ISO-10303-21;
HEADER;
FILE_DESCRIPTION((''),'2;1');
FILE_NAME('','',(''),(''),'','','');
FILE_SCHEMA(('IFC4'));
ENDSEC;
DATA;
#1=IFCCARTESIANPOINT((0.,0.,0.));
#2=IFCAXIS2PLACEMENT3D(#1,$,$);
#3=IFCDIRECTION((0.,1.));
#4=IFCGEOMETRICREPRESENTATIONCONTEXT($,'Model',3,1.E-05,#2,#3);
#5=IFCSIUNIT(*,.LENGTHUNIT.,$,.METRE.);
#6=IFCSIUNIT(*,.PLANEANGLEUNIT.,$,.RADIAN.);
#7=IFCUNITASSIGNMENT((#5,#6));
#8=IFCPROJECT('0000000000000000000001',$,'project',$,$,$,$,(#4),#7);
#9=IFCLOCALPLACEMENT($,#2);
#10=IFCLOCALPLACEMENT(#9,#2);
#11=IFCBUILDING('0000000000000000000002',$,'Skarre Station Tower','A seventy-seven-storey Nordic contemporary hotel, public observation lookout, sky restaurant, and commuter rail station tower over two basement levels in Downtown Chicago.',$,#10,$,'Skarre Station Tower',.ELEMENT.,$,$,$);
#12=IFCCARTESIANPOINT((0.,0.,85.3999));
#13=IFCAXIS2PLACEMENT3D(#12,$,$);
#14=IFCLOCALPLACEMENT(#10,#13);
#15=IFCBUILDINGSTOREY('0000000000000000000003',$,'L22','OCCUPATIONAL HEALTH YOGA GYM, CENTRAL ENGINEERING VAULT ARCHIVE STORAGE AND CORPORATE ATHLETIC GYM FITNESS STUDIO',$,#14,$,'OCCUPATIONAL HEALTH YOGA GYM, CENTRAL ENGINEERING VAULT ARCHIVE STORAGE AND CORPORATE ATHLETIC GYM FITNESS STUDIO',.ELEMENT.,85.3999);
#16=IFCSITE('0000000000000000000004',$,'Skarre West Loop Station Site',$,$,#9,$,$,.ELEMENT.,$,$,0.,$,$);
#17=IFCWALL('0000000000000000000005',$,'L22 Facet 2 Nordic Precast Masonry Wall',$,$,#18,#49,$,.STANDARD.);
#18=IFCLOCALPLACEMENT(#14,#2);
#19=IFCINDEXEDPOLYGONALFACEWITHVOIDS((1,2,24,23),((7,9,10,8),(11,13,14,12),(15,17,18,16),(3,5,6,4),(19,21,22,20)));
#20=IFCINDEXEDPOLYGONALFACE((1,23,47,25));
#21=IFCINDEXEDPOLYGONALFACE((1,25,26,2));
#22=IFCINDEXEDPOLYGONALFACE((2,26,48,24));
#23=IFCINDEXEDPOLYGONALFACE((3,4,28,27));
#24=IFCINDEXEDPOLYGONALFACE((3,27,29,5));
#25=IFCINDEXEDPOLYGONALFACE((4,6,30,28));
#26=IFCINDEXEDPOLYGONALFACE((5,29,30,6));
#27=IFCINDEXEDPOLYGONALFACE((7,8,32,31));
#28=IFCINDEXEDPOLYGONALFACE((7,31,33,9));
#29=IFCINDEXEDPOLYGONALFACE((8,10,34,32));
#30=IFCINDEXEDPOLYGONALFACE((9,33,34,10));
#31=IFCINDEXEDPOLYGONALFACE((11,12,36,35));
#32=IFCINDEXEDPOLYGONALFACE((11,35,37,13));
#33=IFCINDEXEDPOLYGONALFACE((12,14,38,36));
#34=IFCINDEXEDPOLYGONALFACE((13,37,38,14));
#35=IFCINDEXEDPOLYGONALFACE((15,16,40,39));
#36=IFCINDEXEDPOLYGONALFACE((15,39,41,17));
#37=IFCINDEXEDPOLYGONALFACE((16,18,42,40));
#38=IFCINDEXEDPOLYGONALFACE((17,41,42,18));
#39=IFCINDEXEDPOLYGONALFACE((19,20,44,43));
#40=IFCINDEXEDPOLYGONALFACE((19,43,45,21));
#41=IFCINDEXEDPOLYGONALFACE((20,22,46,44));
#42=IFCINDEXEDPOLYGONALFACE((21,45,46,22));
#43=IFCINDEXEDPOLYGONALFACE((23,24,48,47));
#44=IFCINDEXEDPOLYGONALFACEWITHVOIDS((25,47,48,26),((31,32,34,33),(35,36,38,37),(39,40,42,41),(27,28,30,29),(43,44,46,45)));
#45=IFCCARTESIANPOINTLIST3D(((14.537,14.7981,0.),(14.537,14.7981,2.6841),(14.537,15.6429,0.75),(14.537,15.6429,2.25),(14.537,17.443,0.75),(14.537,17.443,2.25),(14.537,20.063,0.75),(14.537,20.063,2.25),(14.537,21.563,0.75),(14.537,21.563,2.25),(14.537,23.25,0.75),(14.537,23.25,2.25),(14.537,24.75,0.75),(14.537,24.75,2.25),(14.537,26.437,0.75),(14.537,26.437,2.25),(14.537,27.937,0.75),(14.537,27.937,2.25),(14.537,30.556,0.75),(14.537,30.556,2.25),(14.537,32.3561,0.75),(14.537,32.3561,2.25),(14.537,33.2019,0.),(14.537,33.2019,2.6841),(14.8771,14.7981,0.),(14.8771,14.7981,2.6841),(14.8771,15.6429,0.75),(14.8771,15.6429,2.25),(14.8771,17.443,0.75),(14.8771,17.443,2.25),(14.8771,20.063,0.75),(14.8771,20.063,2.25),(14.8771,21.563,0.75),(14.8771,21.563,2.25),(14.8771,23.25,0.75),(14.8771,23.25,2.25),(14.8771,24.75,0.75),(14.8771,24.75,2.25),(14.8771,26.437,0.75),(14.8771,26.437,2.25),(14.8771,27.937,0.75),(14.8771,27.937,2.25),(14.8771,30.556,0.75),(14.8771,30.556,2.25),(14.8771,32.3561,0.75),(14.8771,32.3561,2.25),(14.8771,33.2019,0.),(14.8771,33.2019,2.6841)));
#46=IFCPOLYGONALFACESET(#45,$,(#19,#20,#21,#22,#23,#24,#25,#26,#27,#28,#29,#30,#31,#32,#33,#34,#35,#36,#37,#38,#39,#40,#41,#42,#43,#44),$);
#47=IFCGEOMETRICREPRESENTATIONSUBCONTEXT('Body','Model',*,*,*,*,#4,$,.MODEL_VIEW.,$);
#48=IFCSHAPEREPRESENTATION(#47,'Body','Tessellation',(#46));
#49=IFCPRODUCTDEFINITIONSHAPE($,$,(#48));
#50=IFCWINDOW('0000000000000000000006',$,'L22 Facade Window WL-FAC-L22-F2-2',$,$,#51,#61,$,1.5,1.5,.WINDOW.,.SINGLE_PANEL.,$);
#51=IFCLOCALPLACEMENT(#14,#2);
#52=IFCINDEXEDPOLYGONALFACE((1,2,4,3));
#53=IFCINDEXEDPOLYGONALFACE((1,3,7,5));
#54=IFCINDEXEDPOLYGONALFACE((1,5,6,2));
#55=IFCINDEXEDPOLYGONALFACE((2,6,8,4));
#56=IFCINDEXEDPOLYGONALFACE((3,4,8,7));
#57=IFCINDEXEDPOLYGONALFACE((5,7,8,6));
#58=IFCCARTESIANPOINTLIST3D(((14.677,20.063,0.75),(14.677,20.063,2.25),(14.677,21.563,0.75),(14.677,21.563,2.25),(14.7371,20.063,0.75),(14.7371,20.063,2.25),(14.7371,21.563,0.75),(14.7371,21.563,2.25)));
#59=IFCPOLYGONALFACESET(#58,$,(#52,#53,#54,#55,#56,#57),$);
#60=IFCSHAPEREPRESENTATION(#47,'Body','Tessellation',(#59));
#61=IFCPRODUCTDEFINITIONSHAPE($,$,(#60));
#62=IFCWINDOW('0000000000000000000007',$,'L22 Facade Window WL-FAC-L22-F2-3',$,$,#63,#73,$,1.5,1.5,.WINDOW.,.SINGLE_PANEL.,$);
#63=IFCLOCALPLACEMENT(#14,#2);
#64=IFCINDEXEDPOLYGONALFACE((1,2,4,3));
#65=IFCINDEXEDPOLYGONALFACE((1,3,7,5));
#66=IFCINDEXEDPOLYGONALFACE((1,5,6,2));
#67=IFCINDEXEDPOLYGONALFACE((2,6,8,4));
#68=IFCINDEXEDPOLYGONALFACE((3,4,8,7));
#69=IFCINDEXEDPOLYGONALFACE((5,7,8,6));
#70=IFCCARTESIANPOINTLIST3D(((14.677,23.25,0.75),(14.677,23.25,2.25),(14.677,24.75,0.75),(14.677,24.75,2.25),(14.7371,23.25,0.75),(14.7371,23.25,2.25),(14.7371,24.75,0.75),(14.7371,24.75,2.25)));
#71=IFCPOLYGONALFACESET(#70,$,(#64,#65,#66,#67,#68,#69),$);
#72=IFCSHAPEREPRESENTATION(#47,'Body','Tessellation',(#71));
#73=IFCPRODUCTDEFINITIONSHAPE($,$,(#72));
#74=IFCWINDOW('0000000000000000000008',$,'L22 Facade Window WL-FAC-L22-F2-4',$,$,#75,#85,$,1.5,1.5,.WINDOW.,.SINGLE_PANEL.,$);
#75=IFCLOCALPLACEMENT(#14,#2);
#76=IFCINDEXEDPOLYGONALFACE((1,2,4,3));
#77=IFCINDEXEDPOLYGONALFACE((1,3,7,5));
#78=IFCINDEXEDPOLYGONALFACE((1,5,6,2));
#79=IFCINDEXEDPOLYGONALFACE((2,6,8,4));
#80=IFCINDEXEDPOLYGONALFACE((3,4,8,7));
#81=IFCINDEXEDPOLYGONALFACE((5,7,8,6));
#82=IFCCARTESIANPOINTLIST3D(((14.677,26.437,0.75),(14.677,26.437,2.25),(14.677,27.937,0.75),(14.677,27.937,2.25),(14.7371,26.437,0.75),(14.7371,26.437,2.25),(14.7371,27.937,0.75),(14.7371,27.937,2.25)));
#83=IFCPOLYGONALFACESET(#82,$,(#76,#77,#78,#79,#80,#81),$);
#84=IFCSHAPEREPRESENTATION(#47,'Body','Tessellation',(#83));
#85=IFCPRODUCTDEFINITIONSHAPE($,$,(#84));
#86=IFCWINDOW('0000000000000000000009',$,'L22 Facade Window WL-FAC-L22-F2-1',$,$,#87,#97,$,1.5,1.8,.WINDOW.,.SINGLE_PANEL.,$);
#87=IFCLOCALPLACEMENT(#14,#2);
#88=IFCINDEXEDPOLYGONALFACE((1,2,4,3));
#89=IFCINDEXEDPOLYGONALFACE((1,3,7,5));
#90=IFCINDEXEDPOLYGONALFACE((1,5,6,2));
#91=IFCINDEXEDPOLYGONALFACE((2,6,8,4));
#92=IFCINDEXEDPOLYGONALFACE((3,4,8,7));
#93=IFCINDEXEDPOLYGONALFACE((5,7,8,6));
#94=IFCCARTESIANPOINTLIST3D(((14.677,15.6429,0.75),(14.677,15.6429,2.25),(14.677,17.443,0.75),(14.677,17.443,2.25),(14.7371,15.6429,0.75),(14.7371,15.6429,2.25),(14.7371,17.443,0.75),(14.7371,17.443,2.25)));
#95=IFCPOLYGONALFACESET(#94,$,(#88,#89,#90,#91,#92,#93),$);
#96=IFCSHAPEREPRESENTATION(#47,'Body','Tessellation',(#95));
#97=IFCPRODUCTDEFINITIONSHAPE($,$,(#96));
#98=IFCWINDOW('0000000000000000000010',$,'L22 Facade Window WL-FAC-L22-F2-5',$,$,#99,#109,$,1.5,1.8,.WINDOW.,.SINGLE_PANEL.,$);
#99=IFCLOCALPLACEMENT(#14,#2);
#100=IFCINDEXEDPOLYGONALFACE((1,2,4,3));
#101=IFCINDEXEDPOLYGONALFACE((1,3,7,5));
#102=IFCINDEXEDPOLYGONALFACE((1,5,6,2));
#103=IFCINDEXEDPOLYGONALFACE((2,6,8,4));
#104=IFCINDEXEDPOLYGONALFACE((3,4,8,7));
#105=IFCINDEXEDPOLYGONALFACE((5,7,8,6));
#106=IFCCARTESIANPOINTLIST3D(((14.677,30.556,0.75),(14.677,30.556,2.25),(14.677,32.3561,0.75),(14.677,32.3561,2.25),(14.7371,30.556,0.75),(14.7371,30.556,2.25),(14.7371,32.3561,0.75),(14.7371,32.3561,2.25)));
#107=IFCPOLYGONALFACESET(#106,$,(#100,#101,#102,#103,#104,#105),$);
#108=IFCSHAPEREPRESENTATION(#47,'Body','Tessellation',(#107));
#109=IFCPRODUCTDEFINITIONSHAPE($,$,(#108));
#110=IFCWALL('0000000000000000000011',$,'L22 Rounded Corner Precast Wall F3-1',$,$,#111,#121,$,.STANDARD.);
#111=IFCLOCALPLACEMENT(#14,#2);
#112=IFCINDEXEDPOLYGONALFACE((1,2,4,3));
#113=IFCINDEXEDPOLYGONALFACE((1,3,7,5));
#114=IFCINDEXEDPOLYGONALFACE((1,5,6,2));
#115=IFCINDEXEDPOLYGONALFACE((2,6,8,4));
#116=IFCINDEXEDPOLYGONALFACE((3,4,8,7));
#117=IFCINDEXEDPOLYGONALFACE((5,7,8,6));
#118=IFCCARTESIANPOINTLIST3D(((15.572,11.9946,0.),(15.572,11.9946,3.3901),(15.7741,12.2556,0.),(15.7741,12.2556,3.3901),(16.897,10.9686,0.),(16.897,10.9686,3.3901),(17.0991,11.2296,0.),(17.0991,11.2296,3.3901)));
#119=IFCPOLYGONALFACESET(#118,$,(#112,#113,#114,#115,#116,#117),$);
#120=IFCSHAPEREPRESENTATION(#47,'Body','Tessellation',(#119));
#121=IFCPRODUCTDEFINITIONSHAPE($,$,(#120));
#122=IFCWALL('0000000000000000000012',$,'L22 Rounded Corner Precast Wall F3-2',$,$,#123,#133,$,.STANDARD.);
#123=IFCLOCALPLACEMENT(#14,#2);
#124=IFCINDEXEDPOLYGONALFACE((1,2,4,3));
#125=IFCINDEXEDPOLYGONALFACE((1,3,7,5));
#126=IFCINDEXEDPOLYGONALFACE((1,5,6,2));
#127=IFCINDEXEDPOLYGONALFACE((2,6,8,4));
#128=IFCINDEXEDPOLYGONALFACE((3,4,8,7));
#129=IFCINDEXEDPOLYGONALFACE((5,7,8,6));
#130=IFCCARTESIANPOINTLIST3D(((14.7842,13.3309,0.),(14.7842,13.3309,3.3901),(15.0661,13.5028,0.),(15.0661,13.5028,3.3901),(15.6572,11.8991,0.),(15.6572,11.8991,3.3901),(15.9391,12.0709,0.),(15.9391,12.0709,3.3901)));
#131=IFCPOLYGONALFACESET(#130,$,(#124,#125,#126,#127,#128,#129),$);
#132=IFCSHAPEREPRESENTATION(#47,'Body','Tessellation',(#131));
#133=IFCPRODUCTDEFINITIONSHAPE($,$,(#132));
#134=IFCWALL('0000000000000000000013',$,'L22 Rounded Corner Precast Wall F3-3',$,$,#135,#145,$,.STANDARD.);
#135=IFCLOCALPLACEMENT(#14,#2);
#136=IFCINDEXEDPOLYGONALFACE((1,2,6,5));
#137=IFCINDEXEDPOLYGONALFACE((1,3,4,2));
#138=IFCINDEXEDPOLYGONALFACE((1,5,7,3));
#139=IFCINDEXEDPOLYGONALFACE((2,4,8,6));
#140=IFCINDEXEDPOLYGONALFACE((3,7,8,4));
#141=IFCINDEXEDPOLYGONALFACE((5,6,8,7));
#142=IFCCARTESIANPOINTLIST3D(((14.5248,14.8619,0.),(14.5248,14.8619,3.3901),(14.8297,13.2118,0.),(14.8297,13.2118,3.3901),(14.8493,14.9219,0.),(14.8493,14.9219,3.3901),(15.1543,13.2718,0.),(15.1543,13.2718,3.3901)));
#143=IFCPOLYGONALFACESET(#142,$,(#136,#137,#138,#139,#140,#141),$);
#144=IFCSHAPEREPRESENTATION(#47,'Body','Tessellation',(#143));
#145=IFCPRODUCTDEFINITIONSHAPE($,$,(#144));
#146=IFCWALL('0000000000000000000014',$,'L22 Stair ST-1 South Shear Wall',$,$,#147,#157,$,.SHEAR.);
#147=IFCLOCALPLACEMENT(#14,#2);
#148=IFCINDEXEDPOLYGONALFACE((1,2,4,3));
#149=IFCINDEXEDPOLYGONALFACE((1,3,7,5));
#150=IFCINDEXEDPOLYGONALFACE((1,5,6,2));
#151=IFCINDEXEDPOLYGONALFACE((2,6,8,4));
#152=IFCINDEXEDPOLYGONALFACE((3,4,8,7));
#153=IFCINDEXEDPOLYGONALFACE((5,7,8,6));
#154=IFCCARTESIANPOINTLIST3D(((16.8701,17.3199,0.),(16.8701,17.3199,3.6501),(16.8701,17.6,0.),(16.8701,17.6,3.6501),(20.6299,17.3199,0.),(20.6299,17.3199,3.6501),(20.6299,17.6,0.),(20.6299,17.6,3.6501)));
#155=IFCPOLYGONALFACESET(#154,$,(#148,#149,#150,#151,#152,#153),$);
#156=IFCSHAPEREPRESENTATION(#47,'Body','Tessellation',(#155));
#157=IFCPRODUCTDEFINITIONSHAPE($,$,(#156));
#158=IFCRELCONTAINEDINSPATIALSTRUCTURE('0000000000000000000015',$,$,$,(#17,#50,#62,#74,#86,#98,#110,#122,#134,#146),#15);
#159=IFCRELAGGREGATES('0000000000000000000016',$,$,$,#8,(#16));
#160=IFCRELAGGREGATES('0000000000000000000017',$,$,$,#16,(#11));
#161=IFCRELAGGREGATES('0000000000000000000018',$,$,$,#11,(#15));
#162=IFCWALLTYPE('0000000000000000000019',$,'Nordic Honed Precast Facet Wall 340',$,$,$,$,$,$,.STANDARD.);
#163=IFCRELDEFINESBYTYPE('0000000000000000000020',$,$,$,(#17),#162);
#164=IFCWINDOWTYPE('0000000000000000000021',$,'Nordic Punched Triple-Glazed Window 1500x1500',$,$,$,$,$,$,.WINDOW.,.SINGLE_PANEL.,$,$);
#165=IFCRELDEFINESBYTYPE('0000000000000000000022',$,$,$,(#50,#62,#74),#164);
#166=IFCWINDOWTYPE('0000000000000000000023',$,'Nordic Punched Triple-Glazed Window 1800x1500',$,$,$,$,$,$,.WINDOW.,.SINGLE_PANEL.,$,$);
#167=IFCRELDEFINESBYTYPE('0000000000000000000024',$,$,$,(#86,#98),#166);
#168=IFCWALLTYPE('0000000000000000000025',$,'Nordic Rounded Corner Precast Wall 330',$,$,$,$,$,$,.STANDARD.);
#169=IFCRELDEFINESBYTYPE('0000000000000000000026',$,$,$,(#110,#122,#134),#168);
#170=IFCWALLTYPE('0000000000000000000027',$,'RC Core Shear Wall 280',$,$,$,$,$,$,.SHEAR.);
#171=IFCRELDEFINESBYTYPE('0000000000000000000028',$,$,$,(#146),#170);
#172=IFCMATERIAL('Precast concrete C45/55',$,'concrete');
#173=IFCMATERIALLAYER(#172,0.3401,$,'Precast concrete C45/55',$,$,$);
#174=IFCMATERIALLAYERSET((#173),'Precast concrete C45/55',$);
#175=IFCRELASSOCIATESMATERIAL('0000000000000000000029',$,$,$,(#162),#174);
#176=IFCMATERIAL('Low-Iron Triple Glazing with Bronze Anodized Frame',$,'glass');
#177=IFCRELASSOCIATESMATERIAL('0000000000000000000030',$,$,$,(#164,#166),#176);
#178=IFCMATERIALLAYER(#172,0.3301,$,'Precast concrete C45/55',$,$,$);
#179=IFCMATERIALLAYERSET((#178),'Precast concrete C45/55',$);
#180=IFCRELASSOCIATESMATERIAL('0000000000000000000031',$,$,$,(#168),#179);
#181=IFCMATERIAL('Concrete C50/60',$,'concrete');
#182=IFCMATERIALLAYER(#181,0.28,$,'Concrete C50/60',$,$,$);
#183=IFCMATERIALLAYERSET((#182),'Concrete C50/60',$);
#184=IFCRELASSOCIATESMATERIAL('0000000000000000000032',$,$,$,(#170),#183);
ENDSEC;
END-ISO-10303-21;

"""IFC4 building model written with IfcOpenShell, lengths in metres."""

from ifc_helpers import new_model, si_unit, direction, frame, frame_2d, origin, place, context, subcontext, project, spatial, rectangle, extrude, material, layer, layer_set, type_object, element, fill, save


model = new_model("IFC4")

# Units and contexts
model_context = context("Model", 3, precision=1e-05, world=origin(), true_north=direction((0.0, 1.0)))
body_context = subcontext(model_context, "Body", "Model", "MODEL_VIEW")
ifc_project = project(units=[si_unit("LENGTHUNIT", "METRE"), si_unit("PLANEANGLEUNIT", "RADIAN")], contexts=[model_context])

# Site, building, storey
site_placement = place(None, origin())
site = spatial("IfcSite", under=ifc_project, at=site_placement, Name="Skarre West Loop Station Site", CompositionType="ELEMENT", RefElevation=0.0)
building_placement = place(site_placement, origin())
building = spatial("IfcBuilding", under=site, at=building_placement, Name="Skarre Station Tower", Description="A seventy-seven-storey Nordic contemporary hotel, public observation lookout, sky restaurant, and commuter rail station tower over two basement levels in Downtown Chicago.", LongName="Skarre Station Tower", CompositionType="ELEMENT")
storey_placement = place(building_placement, frame((0.0, 0.0, 85.3999)))
storey = spatial("IfcBuildingStorey", under=building, at=storey_placement, Name="L22", Description="OCCUPATIONAL HEALTH YOGA GYM, CENTRAL ENGINEERING VAULT ARCHIVE STORAGE AND CORPORATE ATHLETIC GYM FITNESS STUDIO", LongName="OCCUPATIONAL HEALTH YOGA GYM, CENTRAL ENGINEERING VAULT ARCHIVE STORAGE AND CORPORATE ATHLETIC GYM FITNESS STUDIO", CompositionType="ELEMENT", Elevation=85.3999)

# Shared definitions
ifc_material_1 = material(Name="Concrete C50/60", Category="concrete")

# Wall, openings, windows
ifc_material_2 = material(Name="Precast concrete C45/55", Category="concrete")
ifc_layer_1 = layer(ifc_material_2, 0.3401, Name="Precast concrete C45/55")
ifc_layer_set_1 = layer_set([ifc_layer_1], Name="Precast concrete C45/55")
wall_type_1 = type_object("IfcWallType", Name="Nordic Honed Precast Facet Wall 340", PredefinedType="STANDARD", material=ifc_layer_set_1)
wall_1_placement = place(storey_placement, frame((14.707, 14.7981, 0.0), z_axis=(0.0, 0.0, 1.0), x_axis=(0.0, 1.0, 0.0)))
wall_1 = element("IfcWall", 1, at=wall_1_placement, inside=storey, type_object=wall_type_1, Name="L22 Facet 2 Nordic Precast Masonry Wall", PredefinedType="STANDARD", context=body_context, shape_type="SweptSolid", body=[
    extrude(rectangle(XDim=18.4038, YDim=0.3401, at=frame_2d((9.2019, 0.0))), origin(), (0.0, 0.0, 1.0), 2.6841),
])
opening_1_placement = place(wall_1_placement, frame((0.845, 0.0, 0.75)))
opening_1 = element("IfcOpeningElement", 2, at=opening_1_placement, cuts=wall_1, PredefinedType="OPENING", context=body_context, shape_type="SweptSolid", body=[
    extrude(rectangle(XDim=1.8, YDim=1.5, at=frame_2d((0.8999, 0.75))), frame((0.0, 0.1799, 0.0), z_axis=(0.0, -1.0, 0.0), x_axis=(1.0, 0.0, 0.0)), (0.0, 0.0, 1.0), 0.3601),
])
opening_2_placement = place(wall_1_placement, frame((5.2649, 0.0, 0.75)))
opening_2 = element("IfcOpeningElement", 3, at=opening_2_placement, cuts=wall_1, PredefinedType="OPENING", context=body_context, shape_type="SweptSolid", body=[
    extrude(rectangle(XDim=1.5, YDim=1.5, at=frame_2d((0.75, 0.75))), frame((0.0, 0.1799, 0.0), z_axis=(0.0, -1.0, 0.0), x_axis=(1.0, 0.0, 0.0)), (0.0, 0.0, 1.0), 0.3601),
])
opening_3_placement = place(wall_1_placement, frame((8.4519, 0.0, 0.75)))
opening_3 = element("IfcOpeningElement", 4, at=opening_3_placement, cuts=wall_1, PredefinedType="OPENING", context=body_context, shape_type="SweptSolid", body=[
    extrude(rectangle(XDim=1.5, YDim=1.5, at=frame_2d((0.75, 0.75))), frame((0.0, 0.1799, 0.0), z_axis=(0.0, -1.0, 0.0), x_axis=(1.0, 0.0, 0.0)), (0.0, 0.0, 1.0), 0.3601),
])
opening_4_placement = place(wall_1_placement, frame((11.6389, 0.0, 0.75)))
opening_4 = element("IfcOpeningElement", 5, at=opening_4_placement, cuts=wall_1, PredefinedType="OPENING", context=body_context, shape_type="SweptSolid", body=[
    extrude(rectangle(XDim=1.5, YDim=1.5, at=frame_2d((0.75, 0.75))), frame((0.0, 0.1799, 0.0), z_axis=(0.0, -1.0, 0.0), x_axis=(1.0, 0.0, 0.0)), (0.0, 0.0, 1.0), 0.3601),
])
opening_5_placement = place(wall_1_placement, frame((15.7581, 0.0, 0.75)))
opening_5 = element("IfcOpeningElement", 6, at=opening_5_placement, cuts=wall_1, PredefinedType="OPENING", context=body_context, shape_type="SweptSolid", body=[
    extrude(rectangle(XDim=1.8, YDim=1.5, at=frame_2d((0.8999, 0.75))), frame((0.0, 0.1799, 0.0), z_axis=(0.0, -1.0, 0.0), x_axis=(1.0, 0.0, 0.0)), (0.0, 0.0, 1.0), 0.3601),
])
ifc_material_3 = material(Name="Low-Iron Triple Glazing with Bronze Anodized Frame", Category="glass")
window_type_1 = type_object("IfcWindowType", Name="Nordic Punched Triple-Glazed Window 1500x1500", PartitioningType="SINGLE_PANEL", PredefinedType="WINDOW", material=ifc_material_3)
window_1_placement = place(opening_2_placement, origin())
window_1 = element("IfcWindow", 7, at=window_1_placement, inside=storey, type_object=window_type_1, Name="L22 Facade Window WL-FAC-L22-F2-2", OverallHeight=1.5, OverallWidth=1.5, PartitioningType="SINGLE_PANEL", PredefinedType="WINDOW", context=body_context, shape_type="SweptSolid", body=[
    extrude(rectangle(XDim=1.5, YDim=1.5, at=frame_2d((0.75, 0.75))), frame((0.0, 0.03, 0.0), z_axis=(0.0, -1.0, 0.0), x_axis=(1.0, 0.0, 0.0)), (0.0, 0.0, 1.0), 0.0601),
])
fill(opening_2, window_1)
window_2_placement = place(opening_3_placement, origin())
window_2 = element("IfcWindow", 8, at=window_2_placement, inside=storey, type_object=window_type_1, Name="L22 Facade Window WL-FAC-L22-F2-3", OverallHeight=1.5, OverallWidth=1.5, PartitioningType="SINGLE_PANEL", PredefinedType="WINDOW", context=body_context, shape_type="SweptSolid", body=[
    extrude(rectangle(XDim=1.5, YDim=1.5, at=frame_2d((0.75, 0.75))), frame((0.0, 0.03, 0.0), z_axis=(0.0, -1.0, 0.0), x_axis=(1.0, 0.0, 0.0)), (0.0, 0.0, 1.0), 0.0601),
])
fill(opening_3, window_2)
window_3_placement = place(opening_4_placement, origin())
window_3 = element("IfcWindow", 9, at=window_3_placement, inside=storey, type_object=window_type_1, Name="L22 Facade Window WL-FAC-L22-F2-4", OverallHeight=1.5, OverallWidth=1.5, PartitioningType="SINGLE_PANEL", PredefinedType="WINDOW", context=body_context, shape_type="SweptSolid", body=[
    extrude(rectangle(XDim=1.5, YDim=1.5, at=frame_2d((0.75, 0.75))), frame((0.0, 0.03, 0.0), z_axis=(0.0, -1.0, 0.0), x_axis=(1.0, 0.0, 0.0)), (0.0, 0.0, 1.0), 0.0601),
])
fill(opening_4, window_3)
window_type_2 = type_object("IfcWindowType", Name="Nordic Punched Triple-Glazed Window 1800x1500", PartitioningType="SINGLE_PANEL", PredefinedType="WINDOW", material=ifc_material_3)
window_4_placement = place(opening_1_placement, origin())
window_4 = element("IfcWindow", 10, at=window_4_placement, inside=storey, type_object=window_type_2, Name="L22 Facade Window WL-FAC-L22-F2-1", OverallHeight=1.5, OverallWidth=1.8, PartitioningType="SINGLE_PANEL", PredefinedType="WINDOW", context=body_context, shape_type="SweptSolid", body=[
    extrude(rectangle(XDim=1.8, YDim=1.5, at=frame_2d((0.8999, 0.75))), frame((0.0, 0.03, 0.0), z_axis=(0.0, -1.0, 0.0), x_axis=(1.0, 0.0, 0.0)), (0.0, 0.0, 1.0), 0.0601),
])
fill(opening_1, window_4)
window_5_placement = place(opening_5_placement, origin())
window_5 = element("IfcWindow", 11, at=window_5_placement, inside=storey, type_object=window_type_2, Name="L22 Facade Window WL-FAC-L22-F2-5", OverallHeight=1.5, OverallWidth=1.8, PartitioningType="SINGLE_PANEL", PredefinedType="WINDOW", context=body_context, shape_type="SweptSolid", body=[
    extrude(rectangle(XDim=1.8, YDim=1.5, at=frame_2d((0.8999, 0.75))), frame((0.0, 0.03, 0.0), z_axis=(0.0, -1.0, 0.0), x_axis=(1.0, 0.0, 0.0)), (0.0, 0.0, 1.0), 0.0601),
])
fill(opening_5, window_5)

# Walls
ifc_layer_2 = layer(ifc_material_2, 0.3301, Name="Precast concrete C45/55")
ifc_layer_set_2 = layer_set([ifc_layer_2], Name="Precast concrete C45/55")
wall_type_2 = type_object("IfcWallType", Name="Nordic Rounded Corner Precast Wall 330", PredefinedType="STANDARD", material=ifc_layer_set_2)
wall_2_placement = place(storey_placement, frame((16.998, 11.0991, 0.0), z_axis=(0.0, 0.0, 1.0), x_axis=(-0.790692, 0.612214, 0.0)))
element("IfcWall", 12, at=wall_2_placement, inside=storey, type_object=wall_type_2, Name="L22 Rounded Corner Precast Wall F3-1", PredefinedType="STANDARD", context=body_context, shape_type="SweptSolid", body=[
    extrude(rectangle(XDim=1.6758, YDim=0.3301, at=frame_2d((0.8379, 0.0))), origin(), (0.0, 0.0, 1.0), 3.3901),
])
wall_3_placement = place(storey_placement, frame((15.7981, 11.9851, 0.0), z_axis=(0.0, 0.0, 1.0), x_axis=(-0.520584, 0.85381, 0.0)))
element("IfcWall", 13, at=wall_3_placement, inside=storey, type_object=wall_type_2, Name="L22 Rounded Corner Precast Wall F3-2", PredefinedType="STANDARD", context=body_context, shape_type="SweptSolid", body=[
    extrude(rectangle(XDim=1.677, YDim=0.3301, at=frame_2d((0.8384, 0.0))), origin(), (0.0, 0.0, 1.0), 3.3901),
])
wall_4_placement = place(storey_placement, frame((14.9919, 13.2419, 0.0), z_axis=(0.0, 0.0, 1.0), x_axis=(-0.181714, 0.983351, 0.0)))
element("IfcWall", 14, at=wall_4_placement, inside=storey, type_object=wall_type_2, Name="L22 Rounded Corner Precast Wall F3-3", PredefinedType="STANDARD", context=body_context, shape_type="SweptSolid", body=[
    extrude(rectangle(XDim=1.678, YDim=0.3301, at=frame_2d((0.8389, 0.0))), origin(), (0.0, 0.0, 1.0), 3.3901),
])
ifc_layer_3 = layer(ifc_material_1, 0.28, Name="Concrete C50/60")
ifc_layer_set_3 = layer_set([ifc_layer_3], Name="Concrete C50/60")
wall_type_3 = type_object("IfcWallType", Name="RC Core Shear Wall 280", PredefinedType="SHEAR", material=ifc_layer_set_3)
wall_5_placement = place(storey_placement, frame((16.8701, 17.46, 0.0), z_axis=(0.0, 0.0, 1.0), x_axis=(1.0, 0.0, 0.0)))
element("IfcWall", 15, at=wall_5_placement, inside=storey, type_object=wall_type_3, Name="L22 Stair ST-1 South Shear Wall", PredefinedType="SHEAR", context=body_context, shape_type="SweptSolid", body=[
    extrude(rectangle(XDim=3.7598, YDim=0.28, at=frame_2d((1.8799, 0.0))), origin(), (0.0, 0.0, 1.0), 3.6501),
])

save(model, "model.ifc")
